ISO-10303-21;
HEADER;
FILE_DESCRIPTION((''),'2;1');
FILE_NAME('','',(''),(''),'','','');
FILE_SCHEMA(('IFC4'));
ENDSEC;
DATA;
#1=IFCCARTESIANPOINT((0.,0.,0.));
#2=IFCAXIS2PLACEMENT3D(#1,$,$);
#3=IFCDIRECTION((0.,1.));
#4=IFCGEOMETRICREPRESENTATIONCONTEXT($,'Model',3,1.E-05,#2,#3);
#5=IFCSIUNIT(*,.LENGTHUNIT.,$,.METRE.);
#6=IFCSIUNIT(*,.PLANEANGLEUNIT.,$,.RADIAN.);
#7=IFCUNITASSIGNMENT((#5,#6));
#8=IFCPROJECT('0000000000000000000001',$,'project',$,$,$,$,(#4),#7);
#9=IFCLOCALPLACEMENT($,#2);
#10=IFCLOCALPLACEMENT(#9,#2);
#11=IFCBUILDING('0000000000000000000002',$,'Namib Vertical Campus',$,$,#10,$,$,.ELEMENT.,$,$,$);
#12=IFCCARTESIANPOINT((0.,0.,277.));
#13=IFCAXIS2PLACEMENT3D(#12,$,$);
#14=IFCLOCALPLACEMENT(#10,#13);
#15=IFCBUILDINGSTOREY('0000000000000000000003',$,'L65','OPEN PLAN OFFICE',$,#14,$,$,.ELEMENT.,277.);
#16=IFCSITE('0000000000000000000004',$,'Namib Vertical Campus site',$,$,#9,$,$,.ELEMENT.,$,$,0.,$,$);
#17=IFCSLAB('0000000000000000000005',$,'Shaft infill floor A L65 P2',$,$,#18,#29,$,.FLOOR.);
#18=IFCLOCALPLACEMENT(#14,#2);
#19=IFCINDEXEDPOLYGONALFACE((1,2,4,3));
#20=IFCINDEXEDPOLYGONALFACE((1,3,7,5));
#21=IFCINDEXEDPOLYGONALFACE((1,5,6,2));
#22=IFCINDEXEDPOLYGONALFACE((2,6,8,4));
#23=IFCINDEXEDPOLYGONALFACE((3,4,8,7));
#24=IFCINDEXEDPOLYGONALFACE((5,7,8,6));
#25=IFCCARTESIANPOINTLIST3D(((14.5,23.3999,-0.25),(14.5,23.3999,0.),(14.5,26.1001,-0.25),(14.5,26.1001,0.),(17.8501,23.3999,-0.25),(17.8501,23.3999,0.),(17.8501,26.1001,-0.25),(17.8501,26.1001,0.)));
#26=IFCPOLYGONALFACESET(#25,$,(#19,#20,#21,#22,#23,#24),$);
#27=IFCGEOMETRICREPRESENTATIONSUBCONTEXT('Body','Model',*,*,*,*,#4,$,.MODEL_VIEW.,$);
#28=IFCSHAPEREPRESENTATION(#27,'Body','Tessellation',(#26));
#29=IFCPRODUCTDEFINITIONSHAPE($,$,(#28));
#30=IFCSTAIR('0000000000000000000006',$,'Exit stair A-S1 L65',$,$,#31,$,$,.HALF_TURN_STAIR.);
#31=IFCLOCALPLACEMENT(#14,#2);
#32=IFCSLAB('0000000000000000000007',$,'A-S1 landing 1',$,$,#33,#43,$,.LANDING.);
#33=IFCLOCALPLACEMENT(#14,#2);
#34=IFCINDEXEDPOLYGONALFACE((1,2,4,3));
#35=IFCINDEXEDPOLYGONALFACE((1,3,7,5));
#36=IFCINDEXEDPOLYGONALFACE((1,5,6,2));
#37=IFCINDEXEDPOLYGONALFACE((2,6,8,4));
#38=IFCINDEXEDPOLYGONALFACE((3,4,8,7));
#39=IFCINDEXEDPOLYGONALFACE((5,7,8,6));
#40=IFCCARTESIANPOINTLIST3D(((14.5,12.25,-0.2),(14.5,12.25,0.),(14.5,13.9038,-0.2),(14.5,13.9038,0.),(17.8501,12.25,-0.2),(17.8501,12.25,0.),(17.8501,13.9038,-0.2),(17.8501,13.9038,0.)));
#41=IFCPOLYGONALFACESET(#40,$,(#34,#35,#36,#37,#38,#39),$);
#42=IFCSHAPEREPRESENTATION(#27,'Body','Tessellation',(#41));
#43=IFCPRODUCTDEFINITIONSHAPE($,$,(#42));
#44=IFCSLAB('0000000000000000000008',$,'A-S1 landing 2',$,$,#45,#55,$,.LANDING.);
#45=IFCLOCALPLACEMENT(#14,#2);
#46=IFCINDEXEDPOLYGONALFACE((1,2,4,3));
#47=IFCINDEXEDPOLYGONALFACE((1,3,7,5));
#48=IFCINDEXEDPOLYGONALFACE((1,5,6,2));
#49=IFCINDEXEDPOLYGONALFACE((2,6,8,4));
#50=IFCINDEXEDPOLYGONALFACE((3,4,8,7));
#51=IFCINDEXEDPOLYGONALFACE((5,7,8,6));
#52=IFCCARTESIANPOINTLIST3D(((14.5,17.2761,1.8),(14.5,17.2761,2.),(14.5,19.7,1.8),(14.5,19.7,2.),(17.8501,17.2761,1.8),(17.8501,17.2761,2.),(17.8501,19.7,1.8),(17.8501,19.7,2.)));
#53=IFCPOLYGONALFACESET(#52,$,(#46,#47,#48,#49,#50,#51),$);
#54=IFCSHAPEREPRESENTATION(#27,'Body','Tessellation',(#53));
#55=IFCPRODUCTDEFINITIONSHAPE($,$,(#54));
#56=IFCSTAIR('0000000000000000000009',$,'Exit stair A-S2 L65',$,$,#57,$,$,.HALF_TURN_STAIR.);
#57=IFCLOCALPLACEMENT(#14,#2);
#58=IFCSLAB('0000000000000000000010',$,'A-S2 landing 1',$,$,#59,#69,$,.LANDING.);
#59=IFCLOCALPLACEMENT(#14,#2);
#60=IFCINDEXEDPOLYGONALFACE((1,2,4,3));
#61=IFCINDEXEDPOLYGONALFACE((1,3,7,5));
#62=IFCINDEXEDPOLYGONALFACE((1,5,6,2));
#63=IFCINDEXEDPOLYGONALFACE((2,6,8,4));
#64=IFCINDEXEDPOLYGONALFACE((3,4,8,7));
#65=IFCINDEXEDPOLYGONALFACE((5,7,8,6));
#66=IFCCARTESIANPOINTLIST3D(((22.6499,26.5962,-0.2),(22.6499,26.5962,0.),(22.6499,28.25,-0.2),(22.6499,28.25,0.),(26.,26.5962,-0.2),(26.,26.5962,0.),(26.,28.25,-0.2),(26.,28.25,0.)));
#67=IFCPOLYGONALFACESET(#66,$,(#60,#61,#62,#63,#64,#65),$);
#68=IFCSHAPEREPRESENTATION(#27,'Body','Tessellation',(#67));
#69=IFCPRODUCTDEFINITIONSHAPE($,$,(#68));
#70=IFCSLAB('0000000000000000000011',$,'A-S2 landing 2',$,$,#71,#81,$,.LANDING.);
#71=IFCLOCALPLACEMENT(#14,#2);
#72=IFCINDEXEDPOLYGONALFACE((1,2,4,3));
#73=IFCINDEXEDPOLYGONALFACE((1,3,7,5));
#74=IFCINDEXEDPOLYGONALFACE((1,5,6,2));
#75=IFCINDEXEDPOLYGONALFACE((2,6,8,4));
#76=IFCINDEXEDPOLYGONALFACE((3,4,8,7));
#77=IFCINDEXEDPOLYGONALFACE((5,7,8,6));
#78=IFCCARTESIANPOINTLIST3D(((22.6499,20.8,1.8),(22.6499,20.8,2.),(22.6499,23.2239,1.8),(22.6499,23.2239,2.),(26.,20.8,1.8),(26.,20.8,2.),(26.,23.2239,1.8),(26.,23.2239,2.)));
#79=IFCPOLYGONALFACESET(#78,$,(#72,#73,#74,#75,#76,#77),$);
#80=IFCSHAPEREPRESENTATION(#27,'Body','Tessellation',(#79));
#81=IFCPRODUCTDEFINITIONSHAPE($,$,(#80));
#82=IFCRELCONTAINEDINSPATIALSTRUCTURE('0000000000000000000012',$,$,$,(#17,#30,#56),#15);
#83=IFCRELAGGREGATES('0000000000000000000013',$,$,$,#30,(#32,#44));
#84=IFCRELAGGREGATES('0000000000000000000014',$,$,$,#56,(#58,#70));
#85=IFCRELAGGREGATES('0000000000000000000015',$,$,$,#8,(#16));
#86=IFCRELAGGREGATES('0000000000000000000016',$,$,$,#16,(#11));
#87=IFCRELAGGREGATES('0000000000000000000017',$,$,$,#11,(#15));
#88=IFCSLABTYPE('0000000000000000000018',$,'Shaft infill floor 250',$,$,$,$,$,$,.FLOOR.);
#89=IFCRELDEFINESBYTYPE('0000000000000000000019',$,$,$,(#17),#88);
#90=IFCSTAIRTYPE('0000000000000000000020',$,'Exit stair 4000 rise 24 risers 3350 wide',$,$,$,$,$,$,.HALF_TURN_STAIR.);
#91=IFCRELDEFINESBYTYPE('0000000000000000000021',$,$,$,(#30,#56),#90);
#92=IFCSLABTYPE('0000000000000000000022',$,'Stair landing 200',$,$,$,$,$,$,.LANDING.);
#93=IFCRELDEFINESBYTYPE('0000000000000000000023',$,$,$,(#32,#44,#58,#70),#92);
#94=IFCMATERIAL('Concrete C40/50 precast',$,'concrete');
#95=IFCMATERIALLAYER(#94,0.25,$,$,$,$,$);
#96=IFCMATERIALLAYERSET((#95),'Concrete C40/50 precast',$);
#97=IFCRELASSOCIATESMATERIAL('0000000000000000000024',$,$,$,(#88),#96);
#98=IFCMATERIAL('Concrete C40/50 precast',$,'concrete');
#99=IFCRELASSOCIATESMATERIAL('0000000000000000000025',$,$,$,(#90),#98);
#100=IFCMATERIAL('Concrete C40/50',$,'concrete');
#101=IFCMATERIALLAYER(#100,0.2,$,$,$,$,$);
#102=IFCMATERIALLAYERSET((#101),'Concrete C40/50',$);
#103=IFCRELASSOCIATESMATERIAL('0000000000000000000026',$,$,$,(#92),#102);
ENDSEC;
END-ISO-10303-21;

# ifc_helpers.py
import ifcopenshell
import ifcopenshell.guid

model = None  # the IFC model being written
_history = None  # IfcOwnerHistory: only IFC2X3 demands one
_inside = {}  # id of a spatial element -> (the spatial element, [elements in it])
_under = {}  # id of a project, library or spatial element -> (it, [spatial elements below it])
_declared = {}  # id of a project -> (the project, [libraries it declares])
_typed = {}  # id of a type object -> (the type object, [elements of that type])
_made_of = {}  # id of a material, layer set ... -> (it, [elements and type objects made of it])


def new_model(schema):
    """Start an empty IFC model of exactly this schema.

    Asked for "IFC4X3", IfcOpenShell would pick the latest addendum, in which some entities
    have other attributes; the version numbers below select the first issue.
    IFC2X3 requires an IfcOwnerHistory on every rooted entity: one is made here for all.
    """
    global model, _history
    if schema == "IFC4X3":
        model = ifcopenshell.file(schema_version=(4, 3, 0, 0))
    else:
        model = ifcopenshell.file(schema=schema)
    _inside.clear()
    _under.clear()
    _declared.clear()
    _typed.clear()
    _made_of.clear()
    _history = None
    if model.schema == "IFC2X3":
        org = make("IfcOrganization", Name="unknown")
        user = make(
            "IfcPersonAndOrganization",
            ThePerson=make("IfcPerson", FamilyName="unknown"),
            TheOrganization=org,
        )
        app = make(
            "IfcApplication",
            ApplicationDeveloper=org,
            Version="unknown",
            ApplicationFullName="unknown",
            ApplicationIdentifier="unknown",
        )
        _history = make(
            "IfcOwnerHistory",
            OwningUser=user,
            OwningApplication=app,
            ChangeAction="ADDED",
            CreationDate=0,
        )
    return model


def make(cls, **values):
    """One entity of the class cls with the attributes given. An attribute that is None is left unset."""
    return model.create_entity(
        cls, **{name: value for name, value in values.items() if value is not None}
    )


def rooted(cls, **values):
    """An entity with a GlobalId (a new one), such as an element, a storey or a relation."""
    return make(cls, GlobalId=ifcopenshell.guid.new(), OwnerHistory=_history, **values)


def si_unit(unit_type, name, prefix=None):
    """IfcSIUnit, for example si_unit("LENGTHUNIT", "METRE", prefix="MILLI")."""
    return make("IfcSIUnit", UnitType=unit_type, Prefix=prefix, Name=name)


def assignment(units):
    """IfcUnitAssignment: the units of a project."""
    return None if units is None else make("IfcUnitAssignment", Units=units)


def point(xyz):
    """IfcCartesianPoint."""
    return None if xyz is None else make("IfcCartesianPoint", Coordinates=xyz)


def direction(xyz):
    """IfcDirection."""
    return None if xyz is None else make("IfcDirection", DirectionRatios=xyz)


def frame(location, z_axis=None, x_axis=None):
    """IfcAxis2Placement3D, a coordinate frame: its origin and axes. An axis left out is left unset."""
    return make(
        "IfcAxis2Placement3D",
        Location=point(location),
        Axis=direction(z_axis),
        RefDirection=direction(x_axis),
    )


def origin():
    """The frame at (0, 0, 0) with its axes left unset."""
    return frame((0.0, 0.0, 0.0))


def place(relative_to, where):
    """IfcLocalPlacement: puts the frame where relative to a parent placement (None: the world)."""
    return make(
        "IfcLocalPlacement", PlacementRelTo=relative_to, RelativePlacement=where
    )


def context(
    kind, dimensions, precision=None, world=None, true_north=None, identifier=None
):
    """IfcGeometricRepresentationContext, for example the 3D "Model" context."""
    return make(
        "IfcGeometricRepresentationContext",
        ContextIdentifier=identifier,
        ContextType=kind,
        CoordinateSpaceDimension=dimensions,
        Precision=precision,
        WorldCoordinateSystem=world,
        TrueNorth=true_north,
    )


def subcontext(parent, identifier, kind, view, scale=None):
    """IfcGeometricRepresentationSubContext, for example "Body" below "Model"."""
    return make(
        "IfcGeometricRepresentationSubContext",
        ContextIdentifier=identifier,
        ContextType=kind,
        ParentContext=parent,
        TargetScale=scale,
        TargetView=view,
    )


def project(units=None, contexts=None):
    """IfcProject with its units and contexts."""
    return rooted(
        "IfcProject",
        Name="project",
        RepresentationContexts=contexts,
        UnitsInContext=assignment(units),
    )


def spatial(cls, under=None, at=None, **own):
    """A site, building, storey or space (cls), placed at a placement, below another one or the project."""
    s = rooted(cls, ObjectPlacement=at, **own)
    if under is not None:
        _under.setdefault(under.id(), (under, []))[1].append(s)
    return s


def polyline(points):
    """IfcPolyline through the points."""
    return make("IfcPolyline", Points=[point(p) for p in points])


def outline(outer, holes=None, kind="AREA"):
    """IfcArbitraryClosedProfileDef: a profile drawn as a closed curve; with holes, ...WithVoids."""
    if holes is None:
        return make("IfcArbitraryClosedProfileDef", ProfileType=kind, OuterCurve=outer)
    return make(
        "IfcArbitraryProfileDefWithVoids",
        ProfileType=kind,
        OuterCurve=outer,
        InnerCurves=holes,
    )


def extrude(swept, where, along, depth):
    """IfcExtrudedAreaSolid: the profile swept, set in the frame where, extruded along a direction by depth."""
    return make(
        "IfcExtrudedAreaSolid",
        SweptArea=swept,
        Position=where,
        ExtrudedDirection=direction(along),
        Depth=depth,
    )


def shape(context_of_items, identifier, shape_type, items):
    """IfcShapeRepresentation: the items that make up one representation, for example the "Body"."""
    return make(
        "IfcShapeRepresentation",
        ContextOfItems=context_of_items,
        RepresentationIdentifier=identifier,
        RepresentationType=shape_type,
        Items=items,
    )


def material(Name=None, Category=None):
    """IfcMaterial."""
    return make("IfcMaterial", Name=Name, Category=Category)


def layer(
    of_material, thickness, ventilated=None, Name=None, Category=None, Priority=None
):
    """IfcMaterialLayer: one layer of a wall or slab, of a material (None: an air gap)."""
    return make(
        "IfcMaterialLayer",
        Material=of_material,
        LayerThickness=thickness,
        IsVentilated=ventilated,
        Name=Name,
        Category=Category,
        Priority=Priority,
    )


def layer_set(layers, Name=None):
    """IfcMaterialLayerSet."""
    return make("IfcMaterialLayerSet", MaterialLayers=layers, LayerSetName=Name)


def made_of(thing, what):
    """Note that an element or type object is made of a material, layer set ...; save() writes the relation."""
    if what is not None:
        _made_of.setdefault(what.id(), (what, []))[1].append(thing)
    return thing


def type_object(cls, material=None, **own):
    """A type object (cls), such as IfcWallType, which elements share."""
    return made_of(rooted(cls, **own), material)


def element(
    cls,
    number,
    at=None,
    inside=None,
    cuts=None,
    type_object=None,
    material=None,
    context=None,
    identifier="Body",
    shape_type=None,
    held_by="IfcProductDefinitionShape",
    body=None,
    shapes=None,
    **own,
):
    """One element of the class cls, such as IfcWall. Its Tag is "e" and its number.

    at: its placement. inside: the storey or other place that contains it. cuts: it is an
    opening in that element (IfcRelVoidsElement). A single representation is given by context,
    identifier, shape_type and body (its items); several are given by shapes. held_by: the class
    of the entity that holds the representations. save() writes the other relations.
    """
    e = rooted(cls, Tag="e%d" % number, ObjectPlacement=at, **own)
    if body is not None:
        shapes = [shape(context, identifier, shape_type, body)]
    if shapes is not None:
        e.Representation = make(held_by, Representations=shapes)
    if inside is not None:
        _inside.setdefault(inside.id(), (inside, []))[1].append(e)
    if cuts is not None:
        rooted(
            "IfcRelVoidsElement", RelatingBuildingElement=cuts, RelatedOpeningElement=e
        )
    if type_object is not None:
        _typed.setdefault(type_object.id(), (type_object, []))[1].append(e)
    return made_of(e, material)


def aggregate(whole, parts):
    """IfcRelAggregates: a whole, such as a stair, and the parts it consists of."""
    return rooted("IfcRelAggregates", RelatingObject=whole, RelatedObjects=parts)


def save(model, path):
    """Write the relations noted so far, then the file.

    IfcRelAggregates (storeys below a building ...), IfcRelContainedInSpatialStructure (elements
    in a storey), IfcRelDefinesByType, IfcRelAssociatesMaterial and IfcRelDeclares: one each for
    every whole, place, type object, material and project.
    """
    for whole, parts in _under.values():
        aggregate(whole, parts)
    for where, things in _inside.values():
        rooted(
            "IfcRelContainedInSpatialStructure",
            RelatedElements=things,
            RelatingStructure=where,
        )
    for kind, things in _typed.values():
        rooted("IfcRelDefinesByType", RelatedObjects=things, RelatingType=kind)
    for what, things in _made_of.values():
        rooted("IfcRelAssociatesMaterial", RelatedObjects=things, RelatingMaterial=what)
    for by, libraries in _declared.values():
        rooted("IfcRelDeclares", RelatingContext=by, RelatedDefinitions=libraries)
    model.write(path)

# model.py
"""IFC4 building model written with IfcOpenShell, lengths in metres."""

from ifc_helpers import new_model, si_unit, direction, frame, origin, place, context, subcontext, project, spatial, polyline, outline, extrude, material, layer, layer_set, type_object, element, aggregate, save


model = new_model("IFC4")

# Units and contexts
model_context = context("Model", 3, precision=1e-05, world=origin(), true_north=direction((0.0, 1.0)))
body_context = subcontext(model_context, "Body", "Model", "MODEL_VIEW")
ifc_project = project(units=[si_unit("LENGTHUNIT", "METRE"), si_unit("PLANEANGLEUNIT", "RADIAN")], contexts=[model_context])

# Site, building, storey
site_placement = place(None, origin())
site = spatial("IfcSite", under=ifc_project, at=site_placement, Name="Namib Vertical Campus site", CompositionType="ELEMENT", RefElevation=0.0)
building_placement = place(site_placement, origin())
building = spatial("IfcBuilding", under=site, at=building_placement, Name="Namib Vertical Campus", CompositionType="ELEMENT")
storey_placement = place(building_placement, frame((0.0, 0.0, 277.0)))
storey = spatial("IfcBuildingStorey", under=building, at=storey_placement, Name="L65", Description="OPEN PLAN OFFICE", CompositionType="ELEMENT", Elevation=277.0)

# Slab
ifc_material_1 = material(Name="Concrete C40/50 precast", Category="concrete")
ifc_layer_1 = layer(ifc_material_1, 0.25)
ifc_layer_set_1 = layer_set([ifc_layer_1], Name="Concrete C40/50 precast")
slab_type_1 = type_object("IfcSlabType", Name="Shaft infill floor 250", PredefinedType="FLOOR", material=ifc_layer_set_1)
slab_1_placement = place(storey_placement, frame((0.0, 0.0, -0.25)))
element("IfcSlab", 1, at=slab_1_placement, inside=storey, type_object=slab_type_1, Name="Shaft infill floor A L65 P2", PredefinedType="FLOOR", context=body_context, shape_type="SweptSolid", body=[
    extrude(outline(polyline([(14.5, 23.3999), (17.8501, 23.3999), (17.8501, 26.1001), (14.5, 26.1001), (14.5, 23.3999)])), origin(), (0.0, 0.0, 1.0), 0.25),
])

# Stairs, slabs
ifc_material_2 = material(Name="Concrete C40/50 precast", Category="concrete")
stair_type = type_object("IfcStairType", Name="Exit stair 4000 rise 24 risers 3350 wide", PredefinedType="HALF_TURN_STAIR", material=ifc_material_2)
stair_1_placement = place(storey_placement, origin())
stair_1 = element("IfcStair", 2, at=stair_1_placement, inside=storey, type_object=stair_type, Name="Exit stair A-S1 L65", PredefinedType="HALF_TURN_STAIR")
ifc_material_3 = material(Name="Concrete C40/50", Category="concrete")
ifc_layer_2 = layer(ifc_material_3, 0.2)
ifc_layer_set_2 = layer_set([ifc_layer_2], Name="Concrete C40/50")
slab_type_2 = type_object("IfcSlabType", Name="Stair landing 200", PredefinedType="LANDING", material=ifc_layer_set_2)
slab_2_placement = place(storey_placement, frame((0.0, 0.0, -0.2)))
slab_2 = element("IfcSlab", 3, at=slab_2_placement, type_object=slab_type_2, Name="A-S1 landing 1", PredefinedType="LANDING", context=body_context, shape_type="SweptSolid", body=[
    extrude(outline(polyline([(14.5, 12.25), (17.8501, 12.25), (17.8501, 13.9038), (14.5, 13.9038), (14.5, 12.25)])), origin(), (0.0, 0.0, 1.0), 0.2),
])
slab_3_placement = place(storey_placement, frame((0.0, 0.0, 1.8)))
slab_3 = element("IfcSlab", 4, at=slab_3_placement, type_object=slab_type_2, Name="A-S1 landing 2", PredefinedType="LANDING", context=body_context, shape_type="SweptSolid", body=[
    extrude(outline(polyline([(14.5, 17.2761), (17.8501, 17.2761), (17.8501, 19.7), (14.5, 19.7), (14.5, 17.2761)])), origin(), (0.0, 0.0, 1.0), 0.2),
])
aggregate(stair_1, [slab_2, slab_3])
stair_2_placement = place(storey_placement, origin())
stair_2 = element("IfcStair", 5, at=stair_2_placement, inside=storey, type_object=stair_type, Name="Exit stair A-S2 L65", PredefinedType="HALF_TURN_STAIR")
slab_4_placement = place(storey_placement, frame((0.0, 0.0, -0.2)))
slab_4 = element("IfcSlab", 6, at=slab_4_placement, type_object=slab_type_2, Name="A-S2 landing 1", PredefinedType="LANDING", context=body_context, shape_type="SweptSolid", body=[
    extrude(outline(polyline([(22.6499, 26.5962), (26.0, 26.5962), (26.0, 28.25), (22.6499, 28.25), (22.6499, 26.5962)])), origin(), (0.0, 0.0, 1.0), 0.2),
])
slab_5_placement = place(storey_placement, frame((0.0, 0.0, 1.8)))
slab_5 = element("IfcSlab", 7, at=slab_5_placement, type_object=slab_type_2, Name="A-S2 landing 2", PredefinedType="LANDING", context=body_context, shape_type="SweptSolid", body=[
    extrude(outline(polyline([(22.6499, 20.8), (26.0, 20.8), (26.0, 23.2239), (22.6499, 23.2239), (22.6499, 20.8)])), origin(), (0.0, 0.0, 1.0), 0.2),
])
aggregate(stair_2, [slab_4, slab_5])

save(model, "model.ifc")
